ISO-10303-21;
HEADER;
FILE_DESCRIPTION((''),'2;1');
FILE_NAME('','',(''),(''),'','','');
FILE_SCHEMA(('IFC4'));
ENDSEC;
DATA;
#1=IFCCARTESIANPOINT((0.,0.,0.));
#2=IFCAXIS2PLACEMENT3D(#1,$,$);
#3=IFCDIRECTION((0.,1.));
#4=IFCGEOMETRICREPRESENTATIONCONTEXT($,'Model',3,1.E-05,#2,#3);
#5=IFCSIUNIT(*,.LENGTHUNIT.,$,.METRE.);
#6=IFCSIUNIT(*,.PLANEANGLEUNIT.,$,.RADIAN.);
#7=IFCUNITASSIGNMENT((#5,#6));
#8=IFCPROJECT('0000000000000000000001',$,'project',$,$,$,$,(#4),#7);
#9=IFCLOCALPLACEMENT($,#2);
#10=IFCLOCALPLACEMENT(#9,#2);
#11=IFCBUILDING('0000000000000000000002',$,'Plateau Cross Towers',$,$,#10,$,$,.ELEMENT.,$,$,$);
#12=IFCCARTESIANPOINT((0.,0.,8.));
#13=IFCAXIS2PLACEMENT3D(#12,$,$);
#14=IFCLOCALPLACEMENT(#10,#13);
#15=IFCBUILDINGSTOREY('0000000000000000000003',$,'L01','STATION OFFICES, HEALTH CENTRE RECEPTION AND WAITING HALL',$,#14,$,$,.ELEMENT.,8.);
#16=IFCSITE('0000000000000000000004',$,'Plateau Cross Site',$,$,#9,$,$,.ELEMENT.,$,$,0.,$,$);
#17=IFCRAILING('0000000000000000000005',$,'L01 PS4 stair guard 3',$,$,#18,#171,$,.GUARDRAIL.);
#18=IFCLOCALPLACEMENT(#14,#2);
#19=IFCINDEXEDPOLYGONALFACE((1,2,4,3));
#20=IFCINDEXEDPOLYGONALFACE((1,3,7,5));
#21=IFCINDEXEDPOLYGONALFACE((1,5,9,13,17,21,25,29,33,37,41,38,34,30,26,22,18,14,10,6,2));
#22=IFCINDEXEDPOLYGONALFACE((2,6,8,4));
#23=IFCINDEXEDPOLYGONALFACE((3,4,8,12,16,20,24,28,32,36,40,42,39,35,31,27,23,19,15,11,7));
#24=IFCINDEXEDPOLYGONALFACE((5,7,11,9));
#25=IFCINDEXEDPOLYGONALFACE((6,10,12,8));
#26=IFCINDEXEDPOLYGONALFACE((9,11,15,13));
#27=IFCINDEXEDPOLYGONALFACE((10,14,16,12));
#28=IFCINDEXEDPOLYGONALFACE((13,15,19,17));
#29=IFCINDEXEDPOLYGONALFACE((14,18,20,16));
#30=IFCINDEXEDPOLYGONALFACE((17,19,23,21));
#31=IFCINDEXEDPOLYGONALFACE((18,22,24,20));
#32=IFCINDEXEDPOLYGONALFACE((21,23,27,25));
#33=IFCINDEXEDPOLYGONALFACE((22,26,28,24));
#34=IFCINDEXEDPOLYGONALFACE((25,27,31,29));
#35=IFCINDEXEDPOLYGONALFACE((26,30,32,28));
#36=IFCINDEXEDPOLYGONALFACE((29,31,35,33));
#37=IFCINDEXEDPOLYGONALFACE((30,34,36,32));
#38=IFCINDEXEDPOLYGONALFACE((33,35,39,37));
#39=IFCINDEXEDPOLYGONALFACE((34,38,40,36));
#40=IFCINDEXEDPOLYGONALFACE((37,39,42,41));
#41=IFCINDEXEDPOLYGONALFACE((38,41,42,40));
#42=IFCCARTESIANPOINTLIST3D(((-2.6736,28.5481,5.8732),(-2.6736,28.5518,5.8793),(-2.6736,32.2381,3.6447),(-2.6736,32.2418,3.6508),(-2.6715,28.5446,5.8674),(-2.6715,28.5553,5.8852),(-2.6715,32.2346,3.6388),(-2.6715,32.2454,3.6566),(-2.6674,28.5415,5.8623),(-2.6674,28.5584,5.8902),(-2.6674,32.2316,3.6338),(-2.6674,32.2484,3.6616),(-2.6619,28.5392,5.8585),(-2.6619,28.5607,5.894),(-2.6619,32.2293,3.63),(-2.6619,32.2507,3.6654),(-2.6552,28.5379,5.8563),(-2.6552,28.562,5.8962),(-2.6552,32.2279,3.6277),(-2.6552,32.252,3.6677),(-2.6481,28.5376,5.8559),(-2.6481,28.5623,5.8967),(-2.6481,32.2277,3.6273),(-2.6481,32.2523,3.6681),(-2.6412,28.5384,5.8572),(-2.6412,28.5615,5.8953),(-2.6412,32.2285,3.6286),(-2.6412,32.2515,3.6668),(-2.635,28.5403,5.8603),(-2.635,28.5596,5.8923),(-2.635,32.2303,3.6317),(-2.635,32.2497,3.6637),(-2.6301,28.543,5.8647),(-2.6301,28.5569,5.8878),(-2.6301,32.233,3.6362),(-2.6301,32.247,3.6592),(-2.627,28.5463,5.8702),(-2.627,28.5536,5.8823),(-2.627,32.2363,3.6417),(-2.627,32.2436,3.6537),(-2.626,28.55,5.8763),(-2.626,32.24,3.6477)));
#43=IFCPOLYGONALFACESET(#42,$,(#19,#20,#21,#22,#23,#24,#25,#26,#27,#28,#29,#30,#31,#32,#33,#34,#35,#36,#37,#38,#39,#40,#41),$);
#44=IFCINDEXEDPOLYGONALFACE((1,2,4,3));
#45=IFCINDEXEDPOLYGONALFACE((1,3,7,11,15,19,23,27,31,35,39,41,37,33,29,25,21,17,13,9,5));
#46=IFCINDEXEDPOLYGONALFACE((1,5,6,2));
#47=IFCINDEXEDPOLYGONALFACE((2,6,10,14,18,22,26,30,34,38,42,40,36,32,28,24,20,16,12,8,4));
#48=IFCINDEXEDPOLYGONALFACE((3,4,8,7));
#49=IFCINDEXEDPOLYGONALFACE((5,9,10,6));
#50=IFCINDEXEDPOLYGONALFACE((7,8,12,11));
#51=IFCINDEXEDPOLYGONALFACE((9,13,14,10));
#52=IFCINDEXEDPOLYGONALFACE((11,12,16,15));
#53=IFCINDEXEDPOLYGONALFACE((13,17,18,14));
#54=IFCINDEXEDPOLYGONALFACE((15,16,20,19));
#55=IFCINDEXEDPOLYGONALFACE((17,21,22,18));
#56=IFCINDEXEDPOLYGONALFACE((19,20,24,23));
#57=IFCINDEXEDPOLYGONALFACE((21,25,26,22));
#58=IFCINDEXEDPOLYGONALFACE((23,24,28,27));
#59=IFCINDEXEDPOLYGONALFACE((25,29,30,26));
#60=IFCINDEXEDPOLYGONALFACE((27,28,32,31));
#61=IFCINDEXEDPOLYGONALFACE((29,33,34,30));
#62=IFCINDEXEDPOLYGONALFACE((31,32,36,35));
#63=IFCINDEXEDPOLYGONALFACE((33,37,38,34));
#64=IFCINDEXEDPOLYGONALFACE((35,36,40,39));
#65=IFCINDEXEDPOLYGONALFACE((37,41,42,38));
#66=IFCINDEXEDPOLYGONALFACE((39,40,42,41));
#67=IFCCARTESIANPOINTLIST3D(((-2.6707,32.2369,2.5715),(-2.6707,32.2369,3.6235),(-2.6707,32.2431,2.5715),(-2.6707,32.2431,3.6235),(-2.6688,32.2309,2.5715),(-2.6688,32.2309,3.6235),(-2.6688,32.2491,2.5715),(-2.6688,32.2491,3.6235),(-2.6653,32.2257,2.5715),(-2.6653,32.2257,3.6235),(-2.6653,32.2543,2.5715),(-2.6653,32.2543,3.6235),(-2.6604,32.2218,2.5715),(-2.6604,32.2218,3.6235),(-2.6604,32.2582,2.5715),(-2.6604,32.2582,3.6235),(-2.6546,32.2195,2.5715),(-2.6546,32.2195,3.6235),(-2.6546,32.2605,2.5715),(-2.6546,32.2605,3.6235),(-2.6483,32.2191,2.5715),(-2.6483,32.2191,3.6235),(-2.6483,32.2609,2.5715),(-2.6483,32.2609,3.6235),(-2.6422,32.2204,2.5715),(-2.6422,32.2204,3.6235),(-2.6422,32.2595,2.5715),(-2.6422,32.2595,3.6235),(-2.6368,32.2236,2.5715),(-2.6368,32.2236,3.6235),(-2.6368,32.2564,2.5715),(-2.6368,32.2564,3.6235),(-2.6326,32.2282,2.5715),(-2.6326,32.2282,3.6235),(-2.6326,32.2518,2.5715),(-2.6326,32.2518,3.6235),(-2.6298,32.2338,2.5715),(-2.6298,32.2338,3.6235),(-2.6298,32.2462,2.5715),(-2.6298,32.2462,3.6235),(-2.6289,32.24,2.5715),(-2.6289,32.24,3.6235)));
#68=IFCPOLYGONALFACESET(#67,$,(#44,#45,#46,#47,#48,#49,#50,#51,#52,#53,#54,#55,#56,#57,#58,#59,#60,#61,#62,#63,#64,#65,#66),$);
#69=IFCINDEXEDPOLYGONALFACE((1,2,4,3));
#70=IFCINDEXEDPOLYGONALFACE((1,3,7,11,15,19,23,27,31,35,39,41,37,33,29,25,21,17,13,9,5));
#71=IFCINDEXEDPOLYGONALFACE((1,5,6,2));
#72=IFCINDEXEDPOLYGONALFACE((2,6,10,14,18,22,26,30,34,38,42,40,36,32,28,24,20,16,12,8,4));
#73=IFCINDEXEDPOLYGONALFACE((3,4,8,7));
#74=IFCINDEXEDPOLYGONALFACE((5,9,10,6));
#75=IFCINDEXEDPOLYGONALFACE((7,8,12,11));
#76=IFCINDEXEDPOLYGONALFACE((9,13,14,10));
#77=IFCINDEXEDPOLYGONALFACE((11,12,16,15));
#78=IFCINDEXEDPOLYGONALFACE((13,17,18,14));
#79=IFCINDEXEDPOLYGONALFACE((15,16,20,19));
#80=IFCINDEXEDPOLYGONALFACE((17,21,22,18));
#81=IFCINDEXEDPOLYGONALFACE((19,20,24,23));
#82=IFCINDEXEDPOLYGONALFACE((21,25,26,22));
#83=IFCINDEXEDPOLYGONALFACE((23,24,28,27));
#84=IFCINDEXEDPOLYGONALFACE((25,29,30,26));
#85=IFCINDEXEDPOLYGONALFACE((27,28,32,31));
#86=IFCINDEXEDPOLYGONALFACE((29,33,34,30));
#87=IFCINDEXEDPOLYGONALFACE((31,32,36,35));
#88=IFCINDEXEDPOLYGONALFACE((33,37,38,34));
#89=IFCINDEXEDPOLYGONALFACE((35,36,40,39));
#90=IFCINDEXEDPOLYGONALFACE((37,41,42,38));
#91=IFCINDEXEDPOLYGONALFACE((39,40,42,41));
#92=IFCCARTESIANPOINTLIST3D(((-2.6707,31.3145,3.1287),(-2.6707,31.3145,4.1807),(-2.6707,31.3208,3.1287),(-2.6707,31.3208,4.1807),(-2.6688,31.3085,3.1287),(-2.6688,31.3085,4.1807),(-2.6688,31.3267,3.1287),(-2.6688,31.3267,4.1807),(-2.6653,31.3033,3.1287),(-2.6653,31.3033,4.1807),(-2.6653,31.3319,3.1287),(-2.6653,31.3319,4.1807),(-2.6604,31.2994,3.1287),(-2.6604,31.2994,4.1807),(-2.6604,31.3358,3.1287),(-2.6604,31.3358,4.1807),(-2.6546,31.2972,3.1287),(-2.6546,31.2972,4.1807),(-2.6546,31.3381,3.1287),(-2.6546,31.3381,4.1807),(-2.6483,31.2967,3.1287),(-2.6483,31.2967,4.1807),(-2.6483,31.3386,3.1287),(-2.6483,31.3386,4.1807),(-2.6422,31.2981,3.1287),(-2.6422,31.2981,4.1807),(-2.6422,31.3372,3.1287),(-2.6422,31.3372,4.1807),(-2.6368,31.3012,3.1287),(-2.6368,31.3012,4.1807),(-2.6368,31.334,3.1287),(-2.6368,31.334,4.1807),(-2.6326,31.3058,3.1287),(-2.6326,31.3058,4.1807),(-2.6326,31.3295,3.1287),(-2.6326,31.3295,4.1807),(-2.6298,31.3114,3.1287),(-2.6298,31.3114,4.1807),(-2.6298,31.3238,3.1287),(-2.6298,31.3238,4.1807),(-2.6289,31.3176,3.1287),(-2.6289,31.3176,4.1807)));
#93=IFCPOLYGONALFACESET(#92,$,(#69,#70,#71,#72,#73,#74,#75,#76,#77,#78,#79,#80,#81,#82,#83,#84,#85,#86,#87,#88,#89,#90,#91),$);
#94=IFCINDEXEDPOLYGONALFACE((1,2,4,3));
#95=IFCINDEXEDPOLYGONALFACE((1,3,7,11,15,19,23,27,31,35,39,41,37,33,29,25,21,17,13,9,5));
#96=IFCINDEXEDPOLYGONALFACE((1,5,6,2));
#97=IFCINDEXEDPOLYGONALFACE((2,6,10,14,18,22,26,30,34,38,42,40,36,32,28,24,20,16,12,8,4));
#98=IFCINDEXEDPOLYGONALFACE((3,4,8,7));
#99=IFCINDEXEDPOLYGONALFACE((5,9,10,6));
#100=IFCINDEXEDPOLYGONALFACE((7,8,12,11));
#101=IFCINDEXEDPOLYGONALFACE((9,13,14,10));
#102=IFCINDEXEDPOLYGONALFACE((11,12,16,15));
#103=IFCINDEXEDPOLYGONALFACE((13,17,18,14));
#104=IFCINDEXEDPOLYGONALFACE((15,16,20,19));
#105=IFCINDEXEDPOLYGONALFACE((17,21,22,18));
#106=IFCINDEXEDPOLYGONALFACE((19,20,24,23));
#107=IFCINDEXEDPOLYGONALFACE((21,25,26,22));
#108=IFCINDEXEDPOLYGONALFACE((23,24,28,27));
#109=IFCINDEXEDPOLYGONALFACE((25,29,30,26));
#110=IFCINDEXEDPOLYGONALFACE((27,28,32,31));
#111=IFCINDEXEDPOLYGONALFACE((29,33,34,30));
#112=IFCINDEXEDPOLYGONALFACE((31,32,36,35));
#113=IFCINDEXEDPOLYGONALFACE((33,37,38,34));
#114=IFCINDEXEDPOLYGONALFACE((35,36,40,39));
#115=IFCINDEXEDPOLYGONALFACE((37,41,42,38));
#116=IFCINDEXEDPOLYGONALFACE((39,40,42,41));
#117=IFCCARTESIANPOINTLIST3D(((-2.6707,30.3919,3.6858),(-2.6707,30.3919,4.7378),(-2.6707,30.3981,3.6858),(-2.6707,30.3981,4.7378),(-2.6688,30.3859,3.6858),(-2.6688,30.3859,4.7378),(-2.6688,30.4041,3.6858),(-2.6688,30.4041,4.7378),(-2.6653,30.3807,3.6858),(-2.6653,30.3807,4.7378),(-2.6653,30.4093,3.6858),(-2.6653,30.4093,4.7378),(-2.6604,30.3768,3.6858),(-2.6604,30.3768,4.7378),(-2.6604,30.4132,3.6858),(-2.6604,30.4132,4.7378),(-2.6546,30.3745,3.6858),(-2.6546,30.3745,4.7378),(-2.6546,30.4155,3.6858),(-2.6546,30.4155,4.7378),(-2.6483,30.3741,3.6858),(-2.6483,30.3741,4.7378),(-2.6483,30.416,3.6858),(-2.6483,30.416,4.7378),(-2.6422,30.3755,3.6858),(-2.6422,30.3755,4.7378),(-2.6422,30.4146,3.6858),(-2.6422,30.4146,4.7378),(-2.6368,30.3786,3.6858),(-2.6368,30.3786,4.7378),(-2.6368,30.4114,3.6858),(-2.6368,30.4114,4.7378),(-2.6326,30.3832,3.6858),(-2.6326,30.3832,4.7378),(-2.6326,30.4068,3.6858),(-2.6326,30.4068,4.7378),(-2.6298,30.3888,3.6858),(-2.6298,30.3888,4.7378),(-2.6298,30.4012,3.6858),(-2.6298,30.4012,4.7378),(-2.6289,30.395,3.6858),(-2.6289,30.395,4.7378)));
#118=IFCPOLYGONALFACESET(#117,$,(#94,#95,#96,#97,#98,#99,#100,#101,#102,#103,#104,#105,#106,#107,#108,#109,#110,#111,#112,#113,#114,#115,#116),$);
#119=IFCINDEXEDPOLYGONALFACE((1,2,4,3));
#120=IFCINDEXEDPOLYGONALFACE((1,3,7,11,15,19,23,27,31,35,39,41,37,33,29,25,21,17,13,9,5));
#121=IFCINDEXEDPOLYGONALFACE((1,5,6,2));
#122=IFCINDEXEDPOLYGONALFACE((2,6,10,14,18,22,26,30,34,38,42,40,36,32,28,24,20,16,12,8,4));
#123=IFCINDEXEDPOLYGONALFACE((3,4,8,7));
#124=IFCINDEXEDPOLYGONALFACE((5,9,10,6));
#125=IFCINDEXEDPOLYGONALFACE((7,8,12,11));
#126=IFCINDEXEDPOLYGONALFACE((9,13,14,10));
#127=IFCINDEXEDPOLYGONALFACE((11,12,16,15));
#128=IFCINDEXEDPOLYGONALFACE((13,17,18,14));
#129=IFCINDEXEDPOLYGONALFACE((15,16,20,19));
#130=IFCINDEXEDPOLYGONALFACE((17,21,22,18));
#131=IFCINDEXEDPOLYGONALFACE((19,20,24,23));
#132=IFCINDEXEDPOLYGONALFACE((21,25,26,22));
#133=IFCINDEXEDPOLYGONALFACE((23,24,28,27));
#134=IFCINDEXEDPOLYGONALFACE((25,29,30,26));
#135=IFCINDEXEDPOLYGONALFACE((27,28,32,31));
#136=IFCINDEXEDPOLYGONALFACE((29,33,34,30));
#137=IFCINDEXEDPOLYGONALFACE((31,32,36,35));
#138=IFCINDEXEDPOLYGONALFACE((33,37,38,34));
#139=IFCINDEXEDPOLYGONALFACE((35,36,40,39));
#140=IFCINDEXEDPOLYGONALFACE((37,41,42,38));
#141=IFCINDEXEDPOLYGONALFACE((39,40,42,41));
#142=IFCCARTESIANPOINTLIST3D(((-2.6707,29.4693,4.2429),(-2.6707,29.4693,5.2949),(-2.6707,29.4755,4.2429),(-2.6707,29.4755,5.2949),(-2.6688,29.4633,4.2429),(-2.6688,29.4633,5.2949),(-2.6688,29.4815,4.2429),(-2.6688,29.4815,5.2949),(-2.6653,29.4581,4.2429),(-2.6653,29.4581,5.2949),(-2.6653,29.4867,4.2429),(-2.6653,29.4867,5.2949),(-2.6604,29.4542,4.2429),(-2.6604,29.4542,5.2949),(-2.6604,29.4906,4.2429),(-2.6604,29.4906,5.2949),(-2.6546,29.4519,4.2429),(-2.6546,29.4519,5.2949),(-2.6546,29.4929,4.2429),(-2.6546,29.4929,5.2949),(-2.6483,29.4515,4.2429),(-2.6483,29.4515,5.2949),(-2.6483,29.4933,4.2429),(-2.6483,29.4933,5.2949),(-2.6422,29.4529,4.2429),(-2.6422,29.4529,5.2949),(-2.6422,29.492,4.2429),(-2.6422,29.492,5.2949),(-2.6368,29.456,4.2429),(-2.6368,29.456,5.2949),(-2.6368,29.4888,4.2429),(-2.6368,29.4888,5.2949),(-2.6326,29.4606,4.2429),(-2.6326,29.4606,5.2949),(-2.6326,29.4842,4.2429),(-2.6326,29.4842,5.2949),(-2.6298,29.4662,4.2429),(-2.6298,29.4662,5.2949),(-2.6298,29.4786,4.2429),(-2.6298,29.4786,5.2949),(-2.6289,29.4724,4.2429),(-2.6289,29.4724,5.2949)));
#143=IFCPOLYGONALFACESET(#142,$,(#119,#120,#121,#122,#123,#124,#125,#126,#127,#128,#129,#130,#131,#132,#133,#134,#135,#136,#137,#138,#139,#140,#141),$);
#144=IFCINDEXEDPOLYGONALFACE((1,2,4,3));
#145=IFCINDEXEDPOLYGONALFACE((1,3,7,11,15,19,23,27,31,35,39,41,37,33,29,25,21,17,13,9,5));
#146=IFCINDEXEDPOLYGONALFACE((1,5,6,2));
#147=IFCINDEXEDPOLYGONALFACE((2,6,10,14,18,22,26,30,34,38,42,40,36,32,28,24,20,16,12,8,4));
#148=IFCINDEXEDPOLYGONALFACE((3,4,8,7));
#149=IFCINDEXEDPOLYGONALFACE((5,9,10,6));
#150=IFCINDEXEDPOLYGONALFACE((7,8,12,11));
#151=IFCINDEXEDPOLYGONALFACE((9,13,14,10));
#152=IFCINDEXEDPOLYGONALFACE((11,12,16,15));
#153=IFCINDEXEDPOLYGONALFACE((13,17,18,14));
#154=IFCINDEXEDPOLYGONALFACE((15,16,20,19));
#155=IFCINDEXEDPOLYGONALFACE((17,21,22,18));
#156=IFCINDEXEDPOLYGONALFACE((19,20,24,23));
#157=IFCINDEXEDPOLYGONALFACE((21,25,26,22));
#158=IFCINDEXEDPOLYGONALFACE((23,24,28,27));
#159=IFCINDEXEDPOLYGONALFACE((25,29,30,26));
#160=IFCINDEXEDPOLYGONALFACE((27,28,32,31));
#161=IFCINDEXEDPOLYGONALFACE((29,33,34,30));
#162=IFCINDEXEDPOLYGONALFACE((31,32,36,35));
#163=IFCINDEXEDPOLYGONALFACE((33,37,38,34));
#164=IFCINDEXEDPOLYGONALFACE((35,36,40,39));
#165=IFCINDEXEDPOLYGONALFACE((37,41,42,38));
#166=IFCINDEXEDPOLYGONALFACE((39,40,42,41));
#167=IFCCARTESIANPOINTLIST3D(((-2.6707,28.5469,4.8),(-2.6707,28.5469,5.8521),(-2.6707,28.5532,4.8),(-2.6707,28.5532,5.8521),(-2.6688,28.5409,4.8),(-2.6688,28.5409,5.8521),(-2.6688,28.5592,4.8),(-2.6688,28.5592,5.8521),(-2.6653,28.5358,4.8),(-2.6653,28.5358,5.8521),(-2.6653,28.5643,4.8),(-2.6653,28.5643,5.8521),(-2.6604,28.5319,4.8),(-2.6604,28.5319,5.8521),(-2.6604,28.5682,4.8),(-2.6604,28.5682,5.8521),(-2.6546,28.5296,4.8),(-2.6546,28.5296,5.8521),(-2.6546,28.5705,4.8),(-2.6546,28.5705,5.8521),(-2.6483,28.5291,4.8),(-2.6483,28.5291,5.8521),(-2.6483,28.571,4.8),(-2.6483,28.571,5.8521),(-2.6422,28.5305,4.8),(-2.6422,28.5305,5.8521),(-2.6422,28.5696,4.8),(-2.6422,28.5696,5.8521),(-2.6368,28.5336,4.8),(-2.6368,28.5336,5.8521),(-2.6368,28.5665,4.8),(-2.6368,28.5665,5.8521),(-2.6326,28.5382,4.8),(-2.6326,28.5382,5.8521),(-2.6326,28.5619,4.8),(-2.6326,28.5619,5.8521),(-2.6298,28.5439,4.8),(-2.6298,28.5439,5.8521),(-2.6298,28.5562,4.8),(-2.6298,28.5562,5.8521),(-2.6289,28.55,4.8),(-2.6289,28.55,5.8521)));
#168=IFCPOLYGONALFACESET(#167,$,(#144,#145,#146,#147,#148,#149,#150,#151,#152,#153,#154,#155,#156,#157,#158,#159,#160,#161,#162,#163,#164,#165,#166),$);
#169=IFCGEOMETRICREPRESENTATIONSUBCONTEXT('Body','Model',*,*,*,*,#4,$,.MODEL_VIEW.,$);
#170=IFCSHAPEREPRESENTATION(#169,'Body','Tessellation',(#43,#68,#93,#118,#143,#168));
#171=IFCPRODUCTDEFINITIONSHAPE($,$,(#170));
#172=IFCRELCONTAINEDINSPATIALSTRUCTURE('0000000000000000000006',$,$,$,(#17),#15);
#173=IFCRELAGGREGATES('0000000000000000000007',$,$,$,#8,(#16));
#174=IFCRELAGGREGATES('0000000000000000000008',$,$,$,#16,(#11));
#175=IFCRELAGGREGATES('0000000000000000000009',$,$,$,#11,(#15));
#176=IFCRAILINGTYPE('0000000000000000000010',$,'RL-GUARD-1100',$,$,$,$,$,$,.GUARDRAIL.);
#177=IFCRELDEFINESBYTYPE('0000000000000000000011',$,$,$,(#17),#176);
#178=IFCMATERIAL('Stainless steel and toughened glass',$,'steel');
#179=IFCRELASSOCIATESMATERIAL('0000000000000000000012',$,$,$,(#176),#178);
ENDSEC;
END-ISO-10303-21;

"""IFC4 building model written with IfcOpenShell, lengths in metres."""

from ifc_helpers import new_model, si_unit, direction, frame, origin, origin_2d, place, context, subcontext, project, spatial, circle, extrude, material, type_object, element, save


model = new_model("IFC4")

# Units and contexts
model_context = context("Model", 3, precision=1e-05, world=origin(), true_north=direction((0.0, 1.0)))
body_context = subcontext(model_context, "Body", "Model", "MODEL_VIEW")
ifc_project = project(units=[si_unit("LENGTHUNIT", "METRE"), si_unit("PLANEANGLEUNIT", "RADIAN")], contexts=[model_context])

# Site, building, storey
site_placement = place(None, origin())
site = spatial("IfcSite", under=ifc_project, at=site_placement, Name="Plateau Cross Site", CompositionType="ELEMENT", RefElevation=0.0)
building_placement = place(site_placement, origin())
building = spatial("IfcBuilding", under=site, at=building_placement, Name="Plateau Cross Towers", CompositionType="ELEMENT")
storey_placement = place(building_placement, frame((0.0, 0.0, 8.0)))
storey = spatial("IfcBuildingStorey", under=building, at=storey_placement, Name="L01", Description="STATION OFFICES, HEALTH CENTRE RECEPTION AND WAITING HALL", CompositionType="ELEMENT", Elevation=8.0)

# Railing
ifc_material_1 = material(Name="Stainless steel and toughened glass", Category="steel")
railing_type_1 = type_object("IfcRailingType", Name="RL-GUARD-1100", PredefinedType="GUARDRAIL", material=ifc_material_1)
railing_1_placement = place(storey_placement, frame((-2.6499, 32.24, 2.5715)))
element("IfcRailing", 1, at=railing_1_placement, inside=storey, type_object=railing_type_1, Name="L01 PS4 stair guard 3", PredefinedType="GUARDRAIL", context=body_context, shape_type="SweptSolid", body=[
    extrude(circle(Radius=0.0239, at=origin_2d()), frame((0.0, 0.0, 1.0762), z_axis=(0.0, -0.856, 0.516976), x_axis=(1.0, 0.0, 0.0)), (0.0, 0.0, 1.0), 4.3108),
    extrude(circle(Radius=0.021, at=origin_2d()), origin(), (0.0, 0.0, 1.0), 1.052),
    extrude(circle(Radius=0.021, at=origin_2d()), frame((0.0, -0.9224, 0.5571)), (0.0, 0.0, 1.0), 1.052),
    extrude(circle(Radius=0.021, at=origin_2d()), frame((0.0, -1.845, 1.1143)), (0.0, 0.0, 1.0), 1.052),
    extrude(circle(Radius=0.021, at=origin_2d()), frame((0.0, -2.7676, 1.6714)), (0.0, 0.0, 1.0), 1.052),
    extrude(circle(Radius=0.021, at=origin_2d()), frame((0.0, -3.6899, 2.2285)), (0.0, 0.0, 1.0), 1.052),
])

save(model, "model.ifc")
